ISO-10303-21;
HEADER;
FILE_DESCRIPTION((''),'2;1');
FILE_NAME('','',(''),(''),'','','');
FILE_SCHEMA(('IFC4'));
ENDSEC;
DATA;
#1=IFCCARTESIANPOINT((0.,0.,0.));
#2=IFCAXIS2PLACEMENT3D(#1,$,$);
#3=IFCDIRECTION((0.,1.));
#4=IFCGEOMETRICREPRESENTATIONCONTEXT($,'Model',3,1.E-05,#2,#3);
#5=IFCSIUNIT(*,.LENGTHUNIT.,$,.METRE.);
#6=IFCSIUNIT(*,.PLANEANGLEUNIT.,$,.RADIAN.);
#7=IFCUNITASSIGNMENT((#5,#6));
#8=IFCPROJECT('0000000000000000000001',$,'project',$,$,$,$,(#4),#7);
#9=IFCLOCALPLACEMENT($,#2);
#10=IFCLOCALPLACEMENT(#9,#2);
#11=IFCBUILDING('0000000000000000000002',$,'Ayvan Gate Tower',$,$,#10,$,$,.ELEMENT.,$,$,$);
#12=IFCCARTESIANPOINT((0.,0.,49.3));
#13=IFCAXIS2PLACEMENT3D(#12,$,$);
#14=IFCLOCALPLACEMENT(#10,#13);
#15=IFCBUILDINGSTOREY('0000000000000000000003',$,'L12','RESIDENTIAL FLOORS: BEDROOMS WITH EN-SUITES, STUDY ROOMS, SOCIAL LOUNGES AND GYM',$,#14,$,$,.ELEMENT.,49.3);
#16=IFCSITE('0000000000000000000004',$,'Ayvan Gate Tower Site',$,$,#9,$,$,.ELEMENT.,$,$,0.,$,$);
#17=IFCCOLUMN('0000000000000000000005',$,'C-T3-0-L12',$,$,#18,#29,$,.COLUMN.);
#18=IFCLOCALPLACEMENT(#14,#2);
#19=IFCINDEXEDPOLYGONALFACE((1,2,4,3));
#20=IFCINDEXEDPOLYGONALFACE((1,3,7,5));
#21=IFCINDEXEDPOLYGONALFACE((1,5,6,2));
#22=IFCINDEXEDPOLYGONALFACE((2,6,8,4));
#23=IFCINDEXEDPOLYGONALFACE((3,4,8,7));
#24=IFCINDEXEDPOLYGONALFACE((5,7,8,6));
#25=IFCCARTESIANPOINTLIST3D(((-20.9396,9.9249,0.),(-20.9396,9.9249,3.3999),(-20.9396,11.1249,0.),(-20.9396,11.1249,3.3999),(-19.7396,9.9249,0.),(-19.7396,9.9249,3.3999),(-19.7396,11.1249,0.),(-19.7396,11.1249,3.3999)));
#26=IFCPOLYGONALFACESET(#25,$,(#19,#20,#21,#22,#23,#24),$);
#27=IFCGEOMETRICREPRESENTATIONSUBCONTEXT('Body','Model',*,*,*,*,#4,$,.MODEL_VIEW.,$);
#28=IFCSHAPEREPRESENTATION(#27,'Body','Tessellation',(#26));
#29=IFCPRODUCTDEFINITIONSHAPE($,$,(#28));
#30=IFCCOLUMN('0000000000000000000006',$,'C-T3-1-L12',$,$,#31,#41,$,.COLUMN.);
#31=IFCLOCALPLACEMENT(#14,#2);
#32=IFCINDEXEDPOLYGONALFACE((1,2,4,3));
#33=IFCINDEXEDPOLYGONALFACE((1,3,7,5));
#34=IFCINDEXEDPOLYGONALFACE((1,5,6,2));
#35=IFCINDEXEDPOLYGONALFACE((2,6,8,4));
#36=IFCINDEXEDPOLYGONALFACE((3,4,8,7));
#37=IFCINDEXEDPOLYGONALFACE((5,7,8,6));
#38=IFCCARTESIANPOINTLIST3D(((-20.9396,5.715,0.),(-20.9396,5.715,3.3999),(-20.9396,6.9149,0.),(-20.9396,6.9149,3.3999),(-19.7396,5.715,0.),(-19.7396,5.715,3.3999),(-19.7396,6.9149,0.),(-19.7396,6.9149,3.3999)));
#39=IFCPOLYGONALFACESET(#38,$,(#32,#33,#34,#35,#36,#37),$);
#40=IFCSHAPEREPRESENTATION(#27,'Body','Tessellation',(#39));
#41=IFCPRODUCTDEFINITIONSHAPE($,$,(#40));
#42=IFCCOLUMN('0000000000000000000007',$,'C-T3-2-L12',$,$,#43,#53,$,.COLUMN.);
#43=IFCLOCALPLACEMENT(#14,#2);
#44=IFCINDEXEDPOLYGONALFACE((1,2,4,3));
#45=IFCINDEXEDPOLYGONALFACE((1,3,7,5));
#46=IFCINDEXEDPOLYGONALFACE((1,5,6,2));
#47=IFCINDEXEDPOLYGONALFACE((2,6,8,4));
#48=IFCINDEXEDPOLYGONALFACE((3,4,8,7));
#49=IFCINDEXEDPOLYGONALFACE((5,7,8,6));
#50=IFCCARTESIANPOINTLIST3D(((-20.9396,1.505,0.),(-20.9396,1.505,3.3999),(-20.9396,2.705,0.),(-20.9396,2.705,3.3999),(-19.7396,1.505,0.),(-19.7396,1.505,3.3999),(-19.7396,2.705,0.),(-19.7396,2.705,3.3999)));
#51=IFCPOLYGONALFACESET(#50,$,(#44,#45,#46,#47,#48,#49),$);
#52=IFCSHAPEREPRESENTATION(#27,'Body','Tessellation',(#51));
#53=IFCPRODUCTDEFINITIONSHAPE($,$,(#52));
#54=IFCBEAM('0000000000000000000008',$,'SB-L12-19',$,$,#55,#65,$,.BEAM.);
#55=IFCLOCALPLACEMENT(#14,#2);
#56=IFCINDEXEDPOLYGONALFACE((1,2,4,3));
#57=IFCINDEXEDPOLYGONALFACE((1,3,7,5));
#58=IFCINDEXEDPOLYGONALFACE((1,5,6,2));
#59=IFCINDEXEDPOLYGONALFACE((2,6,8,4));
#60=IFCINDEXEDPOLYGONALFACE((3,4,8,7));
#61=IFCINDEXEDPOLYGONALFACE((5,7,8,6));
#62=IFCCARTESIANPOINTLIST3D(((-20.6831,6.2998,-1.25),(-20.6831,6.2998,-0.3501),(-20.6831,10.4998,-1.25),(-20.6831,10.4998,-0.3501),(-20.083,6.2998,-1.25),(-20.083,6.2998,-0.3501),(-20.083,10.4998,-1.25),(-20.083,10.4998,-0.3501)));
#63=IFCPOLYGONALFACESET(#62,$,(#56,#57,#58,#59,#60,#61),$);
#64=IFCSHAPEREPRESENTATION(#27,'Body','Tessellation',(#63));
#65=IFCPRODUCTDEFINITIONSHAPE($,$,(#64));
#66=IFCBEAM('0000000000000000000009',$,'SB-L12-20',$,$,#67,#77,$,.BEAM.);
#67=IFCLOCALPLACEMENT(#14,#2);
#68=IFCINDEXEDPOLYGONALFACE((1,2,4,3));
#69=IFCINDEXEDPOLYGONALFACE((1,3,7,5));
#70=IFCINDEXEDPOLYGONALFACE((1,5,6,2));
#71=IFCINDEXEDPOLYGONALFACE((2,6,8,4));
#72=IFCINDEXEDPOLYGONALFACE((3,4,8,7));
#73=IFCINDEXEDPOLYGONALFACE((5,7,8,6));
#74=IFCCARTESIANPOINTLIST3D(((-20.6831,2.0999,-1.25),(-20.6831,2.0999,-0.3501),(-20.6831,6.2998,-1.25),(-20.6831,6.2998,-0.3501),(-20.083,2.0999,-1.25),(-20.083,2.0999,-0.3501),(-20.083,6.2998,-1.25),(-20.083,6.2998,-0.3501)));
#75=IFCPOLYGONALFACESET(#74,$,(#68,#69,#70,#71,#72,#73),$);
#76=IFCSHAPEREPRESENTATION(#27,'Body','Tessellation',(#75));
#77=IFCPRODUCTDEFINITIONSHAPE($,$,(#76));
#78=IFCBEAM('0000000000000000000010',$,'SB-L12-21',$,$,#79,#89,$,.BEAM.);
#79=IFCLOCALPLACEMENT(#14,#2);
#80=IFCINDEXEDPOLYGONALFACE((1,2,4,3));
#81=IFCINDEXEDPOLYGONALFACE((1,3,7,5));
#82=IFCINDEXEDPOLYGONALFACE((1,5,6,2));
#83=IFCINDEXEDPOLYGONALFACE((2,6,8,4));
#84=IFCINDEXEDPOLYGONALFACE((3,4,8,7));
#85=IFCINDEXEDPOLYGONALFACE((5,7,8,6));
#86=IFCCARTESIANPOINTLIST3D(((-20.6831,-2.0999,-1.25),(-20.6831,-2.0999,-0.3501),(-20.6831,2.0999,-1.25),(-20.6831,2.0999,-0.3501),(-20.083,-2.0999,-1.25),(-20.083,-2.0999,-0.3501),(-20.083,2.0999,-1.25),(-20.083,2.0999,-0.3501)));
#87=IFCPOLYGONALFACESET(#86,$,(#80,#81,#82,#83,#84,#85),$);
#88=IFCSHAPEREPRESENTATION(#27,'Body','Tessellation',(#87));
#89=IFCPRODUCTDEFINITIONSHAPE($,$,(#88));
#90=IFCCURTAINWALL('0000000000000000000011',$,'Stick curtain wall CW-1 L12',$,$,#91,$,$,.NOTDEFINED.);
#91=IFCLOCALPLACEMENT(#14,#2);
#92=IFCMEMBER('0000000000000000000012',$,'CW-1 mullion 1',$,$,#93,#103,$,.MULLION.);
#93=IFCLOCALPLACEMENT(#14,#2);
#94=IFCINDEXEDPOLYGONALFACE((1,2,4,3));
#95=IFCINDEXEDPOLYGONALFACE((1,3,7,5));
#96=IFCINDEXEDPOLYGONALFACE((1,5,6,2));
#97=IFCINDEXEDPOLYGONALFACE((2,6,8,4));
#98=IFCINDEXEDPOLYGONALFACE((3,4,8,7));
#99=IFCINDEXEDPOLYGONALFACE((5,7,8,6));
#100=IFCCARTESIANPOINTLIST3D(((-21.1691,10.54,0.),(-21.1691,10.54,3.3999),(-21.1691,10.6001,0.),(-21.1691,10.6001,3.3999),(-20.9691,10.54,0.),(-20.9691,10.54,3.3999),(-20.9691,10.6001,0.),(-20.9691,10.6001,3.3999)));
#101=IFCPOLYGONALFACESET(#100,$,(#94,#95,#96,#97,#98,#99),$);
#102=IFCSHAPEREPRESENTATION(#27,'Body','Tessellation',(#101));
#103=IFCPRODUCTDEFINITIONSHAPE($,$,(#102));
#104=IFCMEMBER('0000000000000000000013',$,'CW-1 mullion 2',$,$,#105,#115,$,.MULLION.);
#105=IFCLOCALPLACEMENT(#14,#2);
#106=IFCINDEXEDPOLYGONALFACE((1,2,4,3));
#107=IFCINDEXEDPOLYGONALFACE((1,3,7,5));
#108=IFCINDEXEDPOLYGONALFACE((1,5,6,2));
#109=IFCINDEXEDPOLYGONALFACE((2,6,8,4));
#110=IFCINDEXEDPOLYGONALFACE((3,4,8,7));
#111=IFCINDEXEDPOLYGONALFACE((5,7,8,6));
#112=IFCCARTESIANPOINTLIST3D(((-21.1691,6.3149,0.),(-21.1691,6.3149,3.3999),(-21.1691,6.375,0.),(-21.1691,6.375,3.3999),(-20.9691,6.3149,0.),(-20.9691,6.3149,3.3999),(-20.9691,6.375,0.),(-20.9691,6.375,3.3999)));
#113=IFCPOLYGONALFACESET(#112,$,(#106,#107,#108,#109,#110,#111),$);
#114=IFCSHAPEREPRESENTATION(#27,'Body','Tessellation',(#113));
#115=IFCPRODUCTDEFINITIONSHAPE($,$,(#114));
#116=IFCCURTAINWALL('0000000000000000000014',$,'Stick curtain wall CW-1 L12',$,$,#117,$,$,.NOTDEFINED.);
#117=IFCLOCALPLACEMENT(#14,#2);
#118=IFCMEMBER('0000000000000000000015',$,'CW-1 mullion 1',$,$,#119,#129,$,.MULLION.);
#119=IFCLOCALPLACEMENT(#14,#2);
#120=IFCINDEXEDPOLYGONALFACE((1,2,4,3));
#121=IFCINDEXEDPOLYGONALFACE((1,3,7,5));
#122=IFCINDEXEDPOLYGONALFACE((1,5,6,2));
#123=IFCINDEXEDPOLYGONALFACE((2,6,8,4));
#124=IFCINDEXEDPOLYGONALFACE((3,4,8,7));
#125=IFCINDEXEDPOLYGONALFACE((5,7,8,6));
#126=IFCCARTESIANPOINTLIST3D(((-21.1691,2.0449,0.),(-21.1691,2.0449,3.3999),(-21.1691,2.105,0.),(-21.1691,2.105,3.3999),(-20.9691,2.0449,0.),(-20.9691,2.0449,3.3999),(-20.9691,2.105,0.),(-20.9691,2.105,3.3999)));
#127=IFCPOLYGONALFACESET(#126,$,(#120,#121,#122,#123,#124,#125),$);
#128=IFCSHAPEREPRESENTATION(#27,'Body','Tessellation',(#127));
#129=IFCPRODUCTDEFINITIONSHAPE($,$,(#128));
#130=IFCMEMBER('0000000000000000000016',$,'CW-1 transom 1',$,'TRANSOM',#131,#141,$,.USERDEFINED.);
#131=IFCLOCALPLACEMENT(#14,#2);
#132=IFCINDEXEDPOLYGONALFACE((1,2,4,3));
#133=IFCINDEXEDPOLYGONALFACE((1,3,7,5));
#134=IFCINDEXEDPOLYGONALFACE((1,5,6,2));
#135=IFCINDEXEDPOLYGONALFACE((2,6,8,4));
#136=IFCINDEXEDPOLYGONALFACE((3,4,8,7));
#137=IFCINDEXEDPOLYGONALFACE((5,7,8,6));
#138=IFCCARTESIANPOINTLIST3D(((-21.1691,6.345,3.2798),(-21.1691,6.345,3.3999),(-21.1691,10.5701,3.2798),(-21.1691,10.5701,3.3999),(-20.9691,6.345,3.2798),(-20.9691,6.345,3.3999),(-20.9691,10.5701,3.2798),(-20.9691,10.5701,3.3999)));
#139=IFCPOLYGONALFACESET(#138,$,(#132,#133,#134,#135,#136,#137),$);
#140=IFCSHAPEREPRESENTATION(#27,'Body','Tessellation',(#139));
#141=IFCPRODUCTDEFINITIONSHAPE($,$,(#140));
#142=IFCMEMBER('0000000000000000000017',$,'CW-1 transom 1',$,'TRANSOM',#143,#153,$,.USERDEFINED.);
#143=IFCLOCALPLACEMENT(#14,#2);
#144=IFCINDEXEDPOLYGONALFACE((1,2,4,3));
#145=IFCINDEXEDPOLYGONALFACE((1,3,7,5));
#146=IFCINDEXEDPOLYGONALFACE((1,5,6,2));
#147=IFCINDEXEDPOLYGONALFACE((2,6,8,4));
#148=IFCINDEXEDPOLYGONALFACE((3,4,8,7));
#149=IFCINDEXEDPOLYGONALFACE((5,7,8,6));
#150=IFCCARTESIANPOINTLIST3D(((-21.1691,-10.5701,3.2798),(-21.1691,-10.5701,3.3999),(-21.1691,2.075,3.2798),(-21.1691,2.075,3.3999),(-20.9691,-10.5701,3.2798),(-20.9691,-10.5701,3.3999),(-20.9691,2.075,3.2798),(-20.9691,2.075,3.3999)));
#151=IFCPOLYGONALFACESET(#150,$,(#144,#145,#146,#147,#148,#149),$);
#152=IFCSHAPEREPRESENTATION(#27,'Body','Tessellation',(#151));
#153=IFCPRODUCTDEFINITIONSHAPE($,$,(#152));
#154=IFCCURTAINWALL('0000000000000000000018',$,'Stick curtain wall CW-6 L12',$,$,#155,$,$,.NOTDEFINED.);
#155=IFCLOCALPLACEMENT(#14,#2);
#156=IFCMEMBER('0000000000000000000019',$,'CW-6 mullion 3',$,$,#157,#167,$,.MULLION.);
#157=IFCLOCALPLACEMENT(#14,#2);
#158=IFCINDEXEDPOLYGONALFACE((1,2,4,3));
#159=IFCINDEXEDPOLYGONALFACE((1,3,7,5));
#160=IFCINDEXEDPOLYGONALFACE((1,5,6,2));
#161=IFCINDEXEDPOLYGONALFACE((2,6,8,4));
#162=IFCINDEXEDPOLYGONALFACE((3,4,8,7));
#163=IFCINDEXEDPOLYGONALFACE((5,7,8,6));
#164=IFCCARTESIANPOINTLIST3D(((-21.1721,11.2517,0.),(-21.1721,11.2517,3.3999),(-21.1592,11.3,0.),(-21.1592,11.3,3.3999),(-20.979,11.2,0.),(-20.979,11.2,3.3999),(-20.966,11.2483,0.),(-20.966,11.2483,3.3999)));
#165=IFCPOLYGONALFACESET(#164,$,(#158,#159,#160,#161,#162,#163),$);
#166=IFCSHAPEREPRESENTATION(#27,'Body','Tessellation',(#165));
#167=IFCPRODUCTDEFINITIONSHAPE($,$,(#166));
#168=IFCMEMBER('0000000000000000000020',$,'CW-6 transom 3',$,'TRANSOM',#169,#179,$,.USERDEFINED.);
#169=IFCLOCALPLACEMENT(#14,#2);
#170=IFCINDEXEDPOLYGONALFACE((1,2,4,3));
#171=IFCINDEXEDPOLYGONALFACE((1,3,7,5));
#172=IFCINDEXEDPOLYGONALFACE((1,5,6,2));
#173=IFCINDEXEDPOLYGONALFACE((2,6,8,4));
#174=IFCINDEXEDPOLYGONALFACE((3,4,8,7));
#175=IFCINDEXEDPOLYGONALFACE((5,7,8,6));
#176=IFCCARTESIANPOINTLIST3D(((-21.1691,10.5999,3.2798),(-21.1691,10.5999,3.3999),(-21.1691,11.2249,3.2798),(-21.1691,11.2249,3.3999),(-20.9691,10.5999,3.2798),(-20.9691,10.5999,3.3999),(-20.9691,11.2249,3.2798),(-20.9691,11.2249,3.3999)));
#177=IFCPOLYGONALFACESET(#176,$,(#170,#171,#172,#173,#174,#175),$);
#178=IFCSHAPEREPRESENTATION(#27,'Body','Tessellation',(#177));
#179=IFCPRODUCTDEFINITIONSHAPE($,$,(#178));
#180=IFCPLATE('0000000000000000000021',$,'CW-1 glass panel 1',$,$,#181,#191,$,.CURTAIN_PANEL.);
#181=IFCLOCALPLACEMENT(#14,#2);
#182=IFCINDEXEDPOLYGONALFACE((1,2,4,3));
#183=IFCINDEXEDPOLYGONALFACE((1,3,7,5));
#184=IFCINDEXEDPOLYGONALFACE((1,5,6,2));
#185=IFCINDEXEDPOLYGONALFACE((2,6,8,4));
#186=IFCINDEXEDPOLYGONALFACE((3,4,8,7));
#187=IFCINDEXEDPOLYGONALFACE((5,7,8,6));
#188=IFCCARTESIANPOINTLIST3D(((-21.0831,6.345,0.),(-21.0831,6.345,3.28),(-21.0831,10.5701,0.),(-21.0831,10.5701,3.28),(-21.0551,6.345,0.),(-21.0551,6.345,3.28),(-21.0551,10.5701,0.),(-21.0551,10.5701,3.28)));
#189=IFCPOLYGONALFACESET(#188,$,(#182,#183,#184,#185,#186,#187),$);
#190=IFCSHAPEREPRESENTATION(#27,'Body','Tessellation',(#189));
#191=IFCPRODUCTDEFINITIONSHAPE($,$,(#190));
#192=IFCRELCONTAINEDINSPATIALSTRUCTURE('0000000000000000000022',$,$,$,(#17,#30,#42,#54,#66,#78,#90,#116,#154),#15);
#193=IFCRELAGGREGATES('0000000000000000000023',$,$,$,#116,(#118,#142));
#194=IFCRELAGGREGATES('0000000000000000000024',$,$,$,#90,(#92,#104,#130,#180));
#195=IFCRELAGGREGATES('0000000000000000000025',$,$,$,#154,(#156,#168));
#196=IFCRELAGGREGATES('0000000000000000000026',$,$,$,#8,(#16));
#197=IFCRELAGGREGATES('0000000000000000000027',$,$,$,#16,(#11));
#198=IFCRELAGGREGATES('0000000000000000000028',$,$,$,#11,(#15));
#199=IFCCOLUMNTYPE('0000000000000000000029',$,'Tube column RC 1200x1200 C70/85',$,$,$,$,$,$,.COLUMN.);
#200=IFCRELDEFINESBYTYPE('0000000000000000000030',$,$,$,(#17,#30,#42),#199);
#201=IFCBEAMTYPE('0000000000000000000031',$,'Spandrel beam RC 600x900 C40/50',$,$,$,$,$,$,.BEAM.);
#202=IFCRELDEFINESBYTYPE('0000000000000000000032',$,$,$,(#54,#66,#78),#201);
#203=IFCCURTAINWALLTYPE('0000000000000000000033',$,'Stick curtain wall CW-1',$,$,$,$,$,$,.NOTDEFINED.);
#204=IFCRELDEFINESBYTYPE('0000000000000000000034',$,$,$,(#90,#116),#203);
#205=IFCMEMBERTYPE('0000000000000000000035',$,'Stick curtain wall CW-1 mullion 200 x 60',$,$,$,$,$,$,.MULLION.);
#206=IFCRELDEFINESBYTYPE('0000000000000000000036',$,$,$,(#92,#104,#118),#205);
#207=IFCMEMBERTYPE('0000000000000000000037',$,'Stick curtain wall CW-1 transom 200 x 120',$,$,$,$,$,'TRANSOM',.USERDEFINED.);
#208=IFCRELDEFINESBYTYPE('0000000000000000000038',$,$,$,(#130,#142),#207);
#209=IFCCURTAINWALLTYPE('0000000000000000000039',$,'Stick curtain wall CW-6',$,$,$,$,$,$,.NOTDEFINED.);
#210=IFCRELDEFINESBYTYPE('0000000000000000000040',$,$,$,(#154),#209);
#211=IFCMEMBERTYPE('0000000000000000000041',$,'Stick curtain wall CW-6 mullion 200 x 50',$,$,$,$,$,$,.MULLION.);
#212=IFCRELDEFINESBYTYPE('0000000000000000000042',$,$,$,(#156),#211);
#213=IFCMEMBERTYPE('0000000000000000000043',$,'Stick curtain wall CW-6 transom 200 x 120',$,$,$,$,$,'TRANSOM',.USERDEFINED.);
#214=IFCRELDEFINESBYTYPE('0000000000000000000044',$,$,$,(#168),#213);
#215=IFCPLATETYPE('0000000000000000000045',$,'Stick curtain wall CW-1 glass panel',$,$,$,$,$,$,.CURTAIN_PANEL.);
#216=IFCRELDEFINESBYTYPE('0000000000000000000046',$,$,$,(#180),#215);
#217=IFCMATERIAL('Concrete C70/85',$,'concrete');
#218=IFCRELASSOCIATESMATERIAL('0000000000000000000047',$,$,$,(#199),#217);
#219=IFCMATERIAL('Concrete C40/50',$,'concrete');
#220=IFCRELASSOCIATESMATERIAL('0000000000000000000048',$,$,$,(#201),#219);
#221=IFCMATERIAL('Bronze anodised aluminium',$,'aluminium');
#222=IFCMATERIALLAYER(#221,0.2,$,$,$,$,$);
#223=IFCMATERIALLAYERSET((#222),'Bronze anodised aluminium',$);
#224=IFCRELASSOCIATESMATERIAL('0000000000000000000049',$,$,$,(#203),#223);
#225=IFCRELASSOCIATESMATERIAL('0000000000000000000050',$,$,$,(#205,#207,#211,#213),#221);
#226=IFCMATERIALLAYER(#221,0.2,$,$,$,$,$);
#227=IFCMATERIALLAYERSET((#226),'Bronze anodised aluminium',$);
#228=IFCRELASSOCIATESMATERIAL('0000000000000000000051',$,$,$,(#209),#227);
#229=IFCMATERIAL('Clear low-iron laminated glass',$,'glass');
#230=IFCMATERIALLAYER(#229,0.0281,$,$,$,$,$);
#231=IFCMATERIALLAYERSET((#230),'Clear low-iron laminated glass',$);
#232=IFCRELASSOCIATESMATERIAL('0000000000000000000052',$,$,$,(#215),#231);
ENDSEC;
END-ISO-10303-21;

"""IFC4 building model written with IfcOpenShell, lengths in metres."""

from ifc_helpers import new_model, si_unit, direction, frame, origin, origin_2d, place, context, subcontext, project, spatial, rectangle, extrude, material, layer, layer_set, material_profile, profile_set, type_object, element, aggregate, save


model = new_model("IFC4")

# Units and contexts
model_context = context("Model", 3, precision=1e-05, world=origin(), true_north=direction((0.0, 1.0)))
body_context = subcontext(model_context, "Body", "Model", "MODEL_VIEW")
ifc_project = project(units=[si_unit("LENGTHUNIT", "METRE"), si_unit("PLANEANGLEUNIT", "RADIAN")], contexts=[model_context])

# Site, building, storey
site_placement = place(None, origin())
site = spatial("IfcSite", under=ifc_project, at=site_placement, Name="Ayvan Gate Tower Site", CompositionType="ELEMENT", RefElevation=0.0)
building_placement = place(site_placement, origin())
building = spatial("IfcBuilding", under=site, at=building_placement, Name="Ayvan Gate Tower", CompositionType="ELEMENT")
storey_placement = place(building_placement, frame((0.0, 0.0, 49.3)))
storey = spatial("IfcBuildingStorey", under=building, at=storey_placement, Name="L12", Description="RESIDENTIAL FLOORS: BEDROOMS WITH EN-SUITES, STUDY ROOMS, SOCIAL LOUNGES AND GYM", CompositionType="ELEMENT", Elevation=49.3)

# Columns
ifc_material_1 = material(Name="Concrete C70/85", Category="concrete")
ifc_material_profile_1 = material_profile(ifc_material_1, rectangle(XDim=1.2, YDim=1.2, at=origin_2d()), Name="RC 1200x1200")
ifc_profile_set_1 = profile_set([ifc_material_profile_1], Name="Concrete C70/85")
column_type = type_object("IfcColumnType", Name="Tube column RC 1200x1200 C70/85", PredefinedType="COLUMN", material=ifc_profile_set_1)
for number, where, z_axis, x_axis, name in (
    (1, (-20.3396, 10.5249, 0.0), (0.0, 0.0, 1.0), (-1.0, 0.0, 0.0), "C-T3-0-L12"),
    (2, (-20.3396, 6.3149, 0.0), (0.0, 0.0, 1.0), (-1.0, 0.0, 0.0), "C-T3-1-L12"),
    (3, (-20.3396, 2.105, 0.0), (0.0, 0.0, 1.0), (-1.0, 0.0, 0.0), "C-T3-2-L12"),
):
    element("IfcColumn", number, at=place(storey_placement, frame(where, z_axis=z_axis, x_axis=x_axis)), inside=storey, type_object=column_type, Name=name, PredefinedType="COLUMN", context=body_context, shape_type="SweptSolid", body=[
        extrude(rectangle(XDim=1.2, YDim=1.2, at=origin_2d()), origin(), (0.0, 0.0, 1.0), 3.3999),
    ])

# Beams
ifc_material_2 = material(Name="Concrete C40/50", Category="concrete")
ifc_material_profile_2 = material_profile(ifc_material_2, rectangle(XDim=0.6001, YDim=0.8999, at=origin_2d()), Name="RC 600x900")
ifc_profile_set_2 = profile_set([ifc_material_profile_2], Name="Concrete C40/50")
beam_type = type_object("IfcBeamType", Name="Spandrel beam RC 600x900 C40/50", PredefinedType="BEAM", material=ifc_profile_set_2)
for number, where, z_axis, x_axis, name in (
    (4, (-20.3831, 10.4998, -0.8), (0.0, -1.0, 0.0), (1.0, 0.0, 0.0), "SB-L12-19"),
    (5, (-20.3831, 6.2998, -0.8), (0.0, -1.0, 0.0), (1.0, 0.0, 0.0), "SB-L12-20"),
):
    element("IfcBeam", number, at=place(storey_placement, frame(where, z_axis=z_axis, x_axis=x_axis)), inside=storey, type_object=beam_type, Name=name, PredefinedType="BEAM", context=body_context, shape_type="SweptSolid", body=[
        extrude(rectangle(XDim=0.6001, YDim=0.8999, at=origin_2d()), origin(), (0.0, 0.0, 1.0), 4.2),
    ])
beam_placement = place(storey_placement, frame((-20.3831, 2.0999, -0.8), z_axis=(0.0, -1.0, 0.0), x_axis=(1.0, 0.0, 0.0)))
element("IfcBeam", 6, at=beam_placement, inside=storey, type_object=beam_type, Name="SB-L12-21", PredefinedType="BEAM", context=body_context, shape_type="SweptSolid", body=[
    extrude(rectangle(XDim=0.6001, YDim=0.8999, at=origin_2d()), origin(), (0.0, 0.0, 1.0), 4.1997),
])

# Curtain wall, members
ifc_material_3 = material(Name="Bronze anodised aluminium", Category="aluminium")
ifc_layer_1 = layer(ifc_material_3, 0.2)
ifc_layer_set_1 = layer_set([ifc_layer_1], Name="Bronze anodised aluminium")
curtain_wall_type_1 = type_object("IfcCurtainWallType", Name="Stick curtain wall CW-1", PredefinedType="NOTDEFINED", material=ifc_layer_set_1)
curtain_wall_1_placement = place(storey_placement, origin())
curtain_wall_1 = element("IfcCurtainWall", 7, at=curtain_wall_1_placement, inside=storey, type_object=curtain_wall_type_1, Name="Stick curtain wall CW-1 L12", PredefinedType="NOTDEFINED")
ifc_material_profile_3 = material_profile(ifc_material_3, rectangle(XDim=0.2, YDim=0.0601, at=origin_2d()), Name="Stick curtain wall CW-1 mullion 200 x 60")
ifc_profile_set_3 = profile_set([ifc_material_profile_3], Name="Bronze anodised aluminium")
member_type_1 = type_object("IfcMemberType", Name="Stick curtain wall CW-1 mullion 200 x 60", PredefinedType="MULLION", material=ifc_profile_set_3)
member_1_placement = place(storey_placement, frame((-21.0691, 10.5701, 0.0), z_axis=(0.0, 0.0, 1.0), x_axis=(-1.0, 0.0, 0.0)))
member_1 = element("IfcMember", 8, at=member_1_placement, type_object=member_type_1, Name="CW-1 mullion 1", PredefinedType="MULLION", context=body_context, shape_type="SweptSolid", body=[
    extrude(rectangle(XDim=0.2, YDim=0.0601, at=origin_2d()), origin(), (0.0, 0.0, 1.0), 3.3999),
])
member_2_placement = place(storey_placement, frame((-21.0691, 6.345, 0.0), z_axis=(0.0, 0.0, 1.0), x_axis=(-1.0, 0.0, 0.0)))
member_2 = element("IfcMember", 9, at=member_2_placement, type_object=member_type_1, Name="CW-1 mullion 2", PredefinedType="MULLION", context=body_context, shape_type="SweptSolid", body=[
    extrude(rectangle(XDim=0.2, YDim=0.0601, at=origin_2d()), origin(), (0.0, 0.0, 1.0), 3.3999),
])

# Curtain wall, member
curtain_wall_2_placement = place(storey_placement, origin())
curtain_wall_2 = element("IfcCurtainWall", 10, at=curtain_wall_2_placement, inside=storey, type_object=curtain_wall_type_1, Name="Stick curtain wall CW-1 L12", PredefinedType="NOTDEFINED")
member_3_placement = place(storey_placement, frame((-21.0691, 2.075, 0.0), z_axis=(0.0, 0.0, 1.0), x_axis=(-1.0, 0.0, 0.0)))
member_3 = element("IfcMember", 11, at=member_3_placement, type_object=member_type_1, Name="CW-1 mullion 1", PredefinedType="MULLION", context=body_context, shape_type="SweptSolid", body=[
    extrude(rectangle(XDim=0.2, YDim=0.0601, at=origin_2d()), origin(), (0.0, 0.0, 1.0), 3.3999),
])

# Members
ifc_material_profile_4 = material_profile(ifc_material_3, rectangle(XDim=0.2, YDim=0.1201, at=origin_2d()), Name="Stick curtain wall CW-1 transom 200 x 120")
ifc_profile_set_4 = profile_set([ifc_material_profile_4], Name="Bronze anodised aluminium")
member_type_2 = type_object("IfcMemberType", Name="Stick curtain wall CW-1 transom 200 x 120", ElementType="TRANSOM", PredefinedType="USERDEFINED", material=ifc_profile_set_4)
member_4_placement = place(storey_placement, frame((-21.0691, 10.5701, 3.3398), z_axis=(0.0, -1.0, 0.0), x_axis=(1.0, 0.0, 0.0)))
member_4 = element("IfcMember", 12, at=member_4_placement, type_object=member_type_2, Name="CW-1 transom 1", ObjectType="TRANSOM", PredefinedType="USERDEFINED", context=body_context, shape_type="SweptSolid", body=[
    extrude(rectangle(XDim=0.2, YDim=0.1201, at=origin_2d()), origin(), (0.0, 0.0, 1.0), 4.2251),
])
member_5_placement = place(storey_placement, frame((-21.0691, 2.075, 3.3398), z_axis=(0.0, -1.0, 0.0), x_axis=(1.0, 0.0, 0.0)))
member_5 = element("IfcMember", 13, at=member_5_placement, type_object=member_type_2, Name="CW-1 transom 1", ObjectType="TRANSOM", PredefinedType="USERDEFINED", context=body_context, shape_type="SweptSolid", body=[
    extrude(rectangle(XDim=0.2, YDim=0.1201, at=origin_2d()), origin(), (0.0, 0.0, 1.0), 12.645),
])
aggregate(curtain_wall_2, [member_3, member_5])

# Curtain wall, members
ifc_layer_2 = layer(ifc_material_3, 0.2)
ifc_layer_set_2 = layer_set([ifc_layer_2], Name="Bronze anodised aluminium")
curtain_wall_type_2 = type_object("IfcCurtainWallType", Name="Stick curtain wall CW-6", PredefinedType="NOTDEFINED", material=ifc_layer_set_2)
curtain_wall_3_placement = place(storey_placement, origin())
curtain_wall_3 = element("IfcCurtainWall", 14, at=curtain_wall_3_placement, inside=storey, type_object=curtain_wall_type_2, Name="Stick curtain wall CW-6 L12", PredefinedType="NOTDEFINED")
ifc_material_profile_5 = material_profile(ifc_material_3, rectangle(XDim=0.2, YDim=0.05, at=origin_2d()), Name="Stick curtain wall CW-6 mullion 200 x 50")
ifc_profile_set_5 = profile_set([ifc_material_profile_5], Name="Bronze anodised aluminium")
member_type_3 = type_object("IfcMemberType", Name="Stick curtain wall CW-6 mullion 200 x 50", PredefinedType="MULLION", material=ifc_profile_set_5)
member_6_placement = place(storey_placement, frame((-21.0691, 11.25, 0.0), z_axis=(0.0, 0.0, 1.0), x_axis=(-0.965926, 0.258819, 0.0)))
member_6 = element("IfcMember", 15, at=member_6_placement, type_object=member_type_3, Name="CW-6 mullion 3", PredefinedType="MULLION", context=body_context, shape_type="SweptSolid", body=[
    extrude(rectangle(XDim=0.2, YDim=0.05, at=origin_2d()), origin(), (0.0, 0.0, 1.0), 3.3999),
])
ifc_material_profile_6 = material_profile(ifc_material_3, rectangle(XDim=0.2, YDim=0.1201, at=origin_2d()), Name="Stick curtain wall CW-6 transom 200 x 120")
ifc_profile_set_6 = profile_set([ifc_material_profile_6], Name="Bronze anodised aluminium")
member_type_4 = type_object("IfcMemberType", Name="Stick curtain wall CW-6 transom 200 x 120", ElementType="TRANSOM", PredefinedType="USERDEFINED", material=ifc_profile_set_6)
member_7_placement = place(storey_placement, frame((-21.0691, 11.2249, 3.3398), z_axis=(0.0, -1.0, 0.0), x_axis=(1.0, 0.0, 0.0)))
member_7 = element("IfcMember", 16, at=member_7_placement, type_object=member_type_4, Name="CW-6 transom 3", ObjectType="TRANSOM", PredefinedType="USERDEFINED", context=body_context, shape_type="SweptSolid", body=[
    extrude(rectangle(XDim=0.2, YDim=0.1201, at=origin_2d()), origin(), (0.0, 0.0, 1.0), 0.625),
])

# Plate
ifc_material_4 = material(Name="Clear low-iron laminated glass", Category="glass")
ifc_layer_3 = layer(ifc_material_4, 0.0281)
ifc_layer_set_3 = layer_set([ifc_layer_3], Name="Clear low-iron laminated glass")
plate_type_1 = type_object("IfcPlateType", Name="Stick curtain wall CW-1 glass panel", PredefinedType="CURTAIN_PANEL", material=ifc_layer_set_3)
plate_1_placement = place(storey_placement, frame((-21.0691, 8.4575, 0.0), z_axis=(0.0, 0.0, 1.0), x_axis=(0.0, -1.0, 0.0)))
plate_1 = element("IfcPlate", 17, at=plate_1_placement, type_object=plate_type_1, Name="CW-1 glass panel 1", PredefinedType="CURTAIN_PANEL", context=body_context, shape_type="SweptSolid", body=[
    extrude(rectangle(XDim=4.2251, YDim=0.0281, at=origin_2d()), origin(), (0.0, 0.0, 1.0), 3.28),
])
aggregate(curtain_wall_1, [member_1, member_2, member_4, plate_1])
aggregate(curtain_wall_3, [member_6, member_7])

save(model, "model.ifc")
